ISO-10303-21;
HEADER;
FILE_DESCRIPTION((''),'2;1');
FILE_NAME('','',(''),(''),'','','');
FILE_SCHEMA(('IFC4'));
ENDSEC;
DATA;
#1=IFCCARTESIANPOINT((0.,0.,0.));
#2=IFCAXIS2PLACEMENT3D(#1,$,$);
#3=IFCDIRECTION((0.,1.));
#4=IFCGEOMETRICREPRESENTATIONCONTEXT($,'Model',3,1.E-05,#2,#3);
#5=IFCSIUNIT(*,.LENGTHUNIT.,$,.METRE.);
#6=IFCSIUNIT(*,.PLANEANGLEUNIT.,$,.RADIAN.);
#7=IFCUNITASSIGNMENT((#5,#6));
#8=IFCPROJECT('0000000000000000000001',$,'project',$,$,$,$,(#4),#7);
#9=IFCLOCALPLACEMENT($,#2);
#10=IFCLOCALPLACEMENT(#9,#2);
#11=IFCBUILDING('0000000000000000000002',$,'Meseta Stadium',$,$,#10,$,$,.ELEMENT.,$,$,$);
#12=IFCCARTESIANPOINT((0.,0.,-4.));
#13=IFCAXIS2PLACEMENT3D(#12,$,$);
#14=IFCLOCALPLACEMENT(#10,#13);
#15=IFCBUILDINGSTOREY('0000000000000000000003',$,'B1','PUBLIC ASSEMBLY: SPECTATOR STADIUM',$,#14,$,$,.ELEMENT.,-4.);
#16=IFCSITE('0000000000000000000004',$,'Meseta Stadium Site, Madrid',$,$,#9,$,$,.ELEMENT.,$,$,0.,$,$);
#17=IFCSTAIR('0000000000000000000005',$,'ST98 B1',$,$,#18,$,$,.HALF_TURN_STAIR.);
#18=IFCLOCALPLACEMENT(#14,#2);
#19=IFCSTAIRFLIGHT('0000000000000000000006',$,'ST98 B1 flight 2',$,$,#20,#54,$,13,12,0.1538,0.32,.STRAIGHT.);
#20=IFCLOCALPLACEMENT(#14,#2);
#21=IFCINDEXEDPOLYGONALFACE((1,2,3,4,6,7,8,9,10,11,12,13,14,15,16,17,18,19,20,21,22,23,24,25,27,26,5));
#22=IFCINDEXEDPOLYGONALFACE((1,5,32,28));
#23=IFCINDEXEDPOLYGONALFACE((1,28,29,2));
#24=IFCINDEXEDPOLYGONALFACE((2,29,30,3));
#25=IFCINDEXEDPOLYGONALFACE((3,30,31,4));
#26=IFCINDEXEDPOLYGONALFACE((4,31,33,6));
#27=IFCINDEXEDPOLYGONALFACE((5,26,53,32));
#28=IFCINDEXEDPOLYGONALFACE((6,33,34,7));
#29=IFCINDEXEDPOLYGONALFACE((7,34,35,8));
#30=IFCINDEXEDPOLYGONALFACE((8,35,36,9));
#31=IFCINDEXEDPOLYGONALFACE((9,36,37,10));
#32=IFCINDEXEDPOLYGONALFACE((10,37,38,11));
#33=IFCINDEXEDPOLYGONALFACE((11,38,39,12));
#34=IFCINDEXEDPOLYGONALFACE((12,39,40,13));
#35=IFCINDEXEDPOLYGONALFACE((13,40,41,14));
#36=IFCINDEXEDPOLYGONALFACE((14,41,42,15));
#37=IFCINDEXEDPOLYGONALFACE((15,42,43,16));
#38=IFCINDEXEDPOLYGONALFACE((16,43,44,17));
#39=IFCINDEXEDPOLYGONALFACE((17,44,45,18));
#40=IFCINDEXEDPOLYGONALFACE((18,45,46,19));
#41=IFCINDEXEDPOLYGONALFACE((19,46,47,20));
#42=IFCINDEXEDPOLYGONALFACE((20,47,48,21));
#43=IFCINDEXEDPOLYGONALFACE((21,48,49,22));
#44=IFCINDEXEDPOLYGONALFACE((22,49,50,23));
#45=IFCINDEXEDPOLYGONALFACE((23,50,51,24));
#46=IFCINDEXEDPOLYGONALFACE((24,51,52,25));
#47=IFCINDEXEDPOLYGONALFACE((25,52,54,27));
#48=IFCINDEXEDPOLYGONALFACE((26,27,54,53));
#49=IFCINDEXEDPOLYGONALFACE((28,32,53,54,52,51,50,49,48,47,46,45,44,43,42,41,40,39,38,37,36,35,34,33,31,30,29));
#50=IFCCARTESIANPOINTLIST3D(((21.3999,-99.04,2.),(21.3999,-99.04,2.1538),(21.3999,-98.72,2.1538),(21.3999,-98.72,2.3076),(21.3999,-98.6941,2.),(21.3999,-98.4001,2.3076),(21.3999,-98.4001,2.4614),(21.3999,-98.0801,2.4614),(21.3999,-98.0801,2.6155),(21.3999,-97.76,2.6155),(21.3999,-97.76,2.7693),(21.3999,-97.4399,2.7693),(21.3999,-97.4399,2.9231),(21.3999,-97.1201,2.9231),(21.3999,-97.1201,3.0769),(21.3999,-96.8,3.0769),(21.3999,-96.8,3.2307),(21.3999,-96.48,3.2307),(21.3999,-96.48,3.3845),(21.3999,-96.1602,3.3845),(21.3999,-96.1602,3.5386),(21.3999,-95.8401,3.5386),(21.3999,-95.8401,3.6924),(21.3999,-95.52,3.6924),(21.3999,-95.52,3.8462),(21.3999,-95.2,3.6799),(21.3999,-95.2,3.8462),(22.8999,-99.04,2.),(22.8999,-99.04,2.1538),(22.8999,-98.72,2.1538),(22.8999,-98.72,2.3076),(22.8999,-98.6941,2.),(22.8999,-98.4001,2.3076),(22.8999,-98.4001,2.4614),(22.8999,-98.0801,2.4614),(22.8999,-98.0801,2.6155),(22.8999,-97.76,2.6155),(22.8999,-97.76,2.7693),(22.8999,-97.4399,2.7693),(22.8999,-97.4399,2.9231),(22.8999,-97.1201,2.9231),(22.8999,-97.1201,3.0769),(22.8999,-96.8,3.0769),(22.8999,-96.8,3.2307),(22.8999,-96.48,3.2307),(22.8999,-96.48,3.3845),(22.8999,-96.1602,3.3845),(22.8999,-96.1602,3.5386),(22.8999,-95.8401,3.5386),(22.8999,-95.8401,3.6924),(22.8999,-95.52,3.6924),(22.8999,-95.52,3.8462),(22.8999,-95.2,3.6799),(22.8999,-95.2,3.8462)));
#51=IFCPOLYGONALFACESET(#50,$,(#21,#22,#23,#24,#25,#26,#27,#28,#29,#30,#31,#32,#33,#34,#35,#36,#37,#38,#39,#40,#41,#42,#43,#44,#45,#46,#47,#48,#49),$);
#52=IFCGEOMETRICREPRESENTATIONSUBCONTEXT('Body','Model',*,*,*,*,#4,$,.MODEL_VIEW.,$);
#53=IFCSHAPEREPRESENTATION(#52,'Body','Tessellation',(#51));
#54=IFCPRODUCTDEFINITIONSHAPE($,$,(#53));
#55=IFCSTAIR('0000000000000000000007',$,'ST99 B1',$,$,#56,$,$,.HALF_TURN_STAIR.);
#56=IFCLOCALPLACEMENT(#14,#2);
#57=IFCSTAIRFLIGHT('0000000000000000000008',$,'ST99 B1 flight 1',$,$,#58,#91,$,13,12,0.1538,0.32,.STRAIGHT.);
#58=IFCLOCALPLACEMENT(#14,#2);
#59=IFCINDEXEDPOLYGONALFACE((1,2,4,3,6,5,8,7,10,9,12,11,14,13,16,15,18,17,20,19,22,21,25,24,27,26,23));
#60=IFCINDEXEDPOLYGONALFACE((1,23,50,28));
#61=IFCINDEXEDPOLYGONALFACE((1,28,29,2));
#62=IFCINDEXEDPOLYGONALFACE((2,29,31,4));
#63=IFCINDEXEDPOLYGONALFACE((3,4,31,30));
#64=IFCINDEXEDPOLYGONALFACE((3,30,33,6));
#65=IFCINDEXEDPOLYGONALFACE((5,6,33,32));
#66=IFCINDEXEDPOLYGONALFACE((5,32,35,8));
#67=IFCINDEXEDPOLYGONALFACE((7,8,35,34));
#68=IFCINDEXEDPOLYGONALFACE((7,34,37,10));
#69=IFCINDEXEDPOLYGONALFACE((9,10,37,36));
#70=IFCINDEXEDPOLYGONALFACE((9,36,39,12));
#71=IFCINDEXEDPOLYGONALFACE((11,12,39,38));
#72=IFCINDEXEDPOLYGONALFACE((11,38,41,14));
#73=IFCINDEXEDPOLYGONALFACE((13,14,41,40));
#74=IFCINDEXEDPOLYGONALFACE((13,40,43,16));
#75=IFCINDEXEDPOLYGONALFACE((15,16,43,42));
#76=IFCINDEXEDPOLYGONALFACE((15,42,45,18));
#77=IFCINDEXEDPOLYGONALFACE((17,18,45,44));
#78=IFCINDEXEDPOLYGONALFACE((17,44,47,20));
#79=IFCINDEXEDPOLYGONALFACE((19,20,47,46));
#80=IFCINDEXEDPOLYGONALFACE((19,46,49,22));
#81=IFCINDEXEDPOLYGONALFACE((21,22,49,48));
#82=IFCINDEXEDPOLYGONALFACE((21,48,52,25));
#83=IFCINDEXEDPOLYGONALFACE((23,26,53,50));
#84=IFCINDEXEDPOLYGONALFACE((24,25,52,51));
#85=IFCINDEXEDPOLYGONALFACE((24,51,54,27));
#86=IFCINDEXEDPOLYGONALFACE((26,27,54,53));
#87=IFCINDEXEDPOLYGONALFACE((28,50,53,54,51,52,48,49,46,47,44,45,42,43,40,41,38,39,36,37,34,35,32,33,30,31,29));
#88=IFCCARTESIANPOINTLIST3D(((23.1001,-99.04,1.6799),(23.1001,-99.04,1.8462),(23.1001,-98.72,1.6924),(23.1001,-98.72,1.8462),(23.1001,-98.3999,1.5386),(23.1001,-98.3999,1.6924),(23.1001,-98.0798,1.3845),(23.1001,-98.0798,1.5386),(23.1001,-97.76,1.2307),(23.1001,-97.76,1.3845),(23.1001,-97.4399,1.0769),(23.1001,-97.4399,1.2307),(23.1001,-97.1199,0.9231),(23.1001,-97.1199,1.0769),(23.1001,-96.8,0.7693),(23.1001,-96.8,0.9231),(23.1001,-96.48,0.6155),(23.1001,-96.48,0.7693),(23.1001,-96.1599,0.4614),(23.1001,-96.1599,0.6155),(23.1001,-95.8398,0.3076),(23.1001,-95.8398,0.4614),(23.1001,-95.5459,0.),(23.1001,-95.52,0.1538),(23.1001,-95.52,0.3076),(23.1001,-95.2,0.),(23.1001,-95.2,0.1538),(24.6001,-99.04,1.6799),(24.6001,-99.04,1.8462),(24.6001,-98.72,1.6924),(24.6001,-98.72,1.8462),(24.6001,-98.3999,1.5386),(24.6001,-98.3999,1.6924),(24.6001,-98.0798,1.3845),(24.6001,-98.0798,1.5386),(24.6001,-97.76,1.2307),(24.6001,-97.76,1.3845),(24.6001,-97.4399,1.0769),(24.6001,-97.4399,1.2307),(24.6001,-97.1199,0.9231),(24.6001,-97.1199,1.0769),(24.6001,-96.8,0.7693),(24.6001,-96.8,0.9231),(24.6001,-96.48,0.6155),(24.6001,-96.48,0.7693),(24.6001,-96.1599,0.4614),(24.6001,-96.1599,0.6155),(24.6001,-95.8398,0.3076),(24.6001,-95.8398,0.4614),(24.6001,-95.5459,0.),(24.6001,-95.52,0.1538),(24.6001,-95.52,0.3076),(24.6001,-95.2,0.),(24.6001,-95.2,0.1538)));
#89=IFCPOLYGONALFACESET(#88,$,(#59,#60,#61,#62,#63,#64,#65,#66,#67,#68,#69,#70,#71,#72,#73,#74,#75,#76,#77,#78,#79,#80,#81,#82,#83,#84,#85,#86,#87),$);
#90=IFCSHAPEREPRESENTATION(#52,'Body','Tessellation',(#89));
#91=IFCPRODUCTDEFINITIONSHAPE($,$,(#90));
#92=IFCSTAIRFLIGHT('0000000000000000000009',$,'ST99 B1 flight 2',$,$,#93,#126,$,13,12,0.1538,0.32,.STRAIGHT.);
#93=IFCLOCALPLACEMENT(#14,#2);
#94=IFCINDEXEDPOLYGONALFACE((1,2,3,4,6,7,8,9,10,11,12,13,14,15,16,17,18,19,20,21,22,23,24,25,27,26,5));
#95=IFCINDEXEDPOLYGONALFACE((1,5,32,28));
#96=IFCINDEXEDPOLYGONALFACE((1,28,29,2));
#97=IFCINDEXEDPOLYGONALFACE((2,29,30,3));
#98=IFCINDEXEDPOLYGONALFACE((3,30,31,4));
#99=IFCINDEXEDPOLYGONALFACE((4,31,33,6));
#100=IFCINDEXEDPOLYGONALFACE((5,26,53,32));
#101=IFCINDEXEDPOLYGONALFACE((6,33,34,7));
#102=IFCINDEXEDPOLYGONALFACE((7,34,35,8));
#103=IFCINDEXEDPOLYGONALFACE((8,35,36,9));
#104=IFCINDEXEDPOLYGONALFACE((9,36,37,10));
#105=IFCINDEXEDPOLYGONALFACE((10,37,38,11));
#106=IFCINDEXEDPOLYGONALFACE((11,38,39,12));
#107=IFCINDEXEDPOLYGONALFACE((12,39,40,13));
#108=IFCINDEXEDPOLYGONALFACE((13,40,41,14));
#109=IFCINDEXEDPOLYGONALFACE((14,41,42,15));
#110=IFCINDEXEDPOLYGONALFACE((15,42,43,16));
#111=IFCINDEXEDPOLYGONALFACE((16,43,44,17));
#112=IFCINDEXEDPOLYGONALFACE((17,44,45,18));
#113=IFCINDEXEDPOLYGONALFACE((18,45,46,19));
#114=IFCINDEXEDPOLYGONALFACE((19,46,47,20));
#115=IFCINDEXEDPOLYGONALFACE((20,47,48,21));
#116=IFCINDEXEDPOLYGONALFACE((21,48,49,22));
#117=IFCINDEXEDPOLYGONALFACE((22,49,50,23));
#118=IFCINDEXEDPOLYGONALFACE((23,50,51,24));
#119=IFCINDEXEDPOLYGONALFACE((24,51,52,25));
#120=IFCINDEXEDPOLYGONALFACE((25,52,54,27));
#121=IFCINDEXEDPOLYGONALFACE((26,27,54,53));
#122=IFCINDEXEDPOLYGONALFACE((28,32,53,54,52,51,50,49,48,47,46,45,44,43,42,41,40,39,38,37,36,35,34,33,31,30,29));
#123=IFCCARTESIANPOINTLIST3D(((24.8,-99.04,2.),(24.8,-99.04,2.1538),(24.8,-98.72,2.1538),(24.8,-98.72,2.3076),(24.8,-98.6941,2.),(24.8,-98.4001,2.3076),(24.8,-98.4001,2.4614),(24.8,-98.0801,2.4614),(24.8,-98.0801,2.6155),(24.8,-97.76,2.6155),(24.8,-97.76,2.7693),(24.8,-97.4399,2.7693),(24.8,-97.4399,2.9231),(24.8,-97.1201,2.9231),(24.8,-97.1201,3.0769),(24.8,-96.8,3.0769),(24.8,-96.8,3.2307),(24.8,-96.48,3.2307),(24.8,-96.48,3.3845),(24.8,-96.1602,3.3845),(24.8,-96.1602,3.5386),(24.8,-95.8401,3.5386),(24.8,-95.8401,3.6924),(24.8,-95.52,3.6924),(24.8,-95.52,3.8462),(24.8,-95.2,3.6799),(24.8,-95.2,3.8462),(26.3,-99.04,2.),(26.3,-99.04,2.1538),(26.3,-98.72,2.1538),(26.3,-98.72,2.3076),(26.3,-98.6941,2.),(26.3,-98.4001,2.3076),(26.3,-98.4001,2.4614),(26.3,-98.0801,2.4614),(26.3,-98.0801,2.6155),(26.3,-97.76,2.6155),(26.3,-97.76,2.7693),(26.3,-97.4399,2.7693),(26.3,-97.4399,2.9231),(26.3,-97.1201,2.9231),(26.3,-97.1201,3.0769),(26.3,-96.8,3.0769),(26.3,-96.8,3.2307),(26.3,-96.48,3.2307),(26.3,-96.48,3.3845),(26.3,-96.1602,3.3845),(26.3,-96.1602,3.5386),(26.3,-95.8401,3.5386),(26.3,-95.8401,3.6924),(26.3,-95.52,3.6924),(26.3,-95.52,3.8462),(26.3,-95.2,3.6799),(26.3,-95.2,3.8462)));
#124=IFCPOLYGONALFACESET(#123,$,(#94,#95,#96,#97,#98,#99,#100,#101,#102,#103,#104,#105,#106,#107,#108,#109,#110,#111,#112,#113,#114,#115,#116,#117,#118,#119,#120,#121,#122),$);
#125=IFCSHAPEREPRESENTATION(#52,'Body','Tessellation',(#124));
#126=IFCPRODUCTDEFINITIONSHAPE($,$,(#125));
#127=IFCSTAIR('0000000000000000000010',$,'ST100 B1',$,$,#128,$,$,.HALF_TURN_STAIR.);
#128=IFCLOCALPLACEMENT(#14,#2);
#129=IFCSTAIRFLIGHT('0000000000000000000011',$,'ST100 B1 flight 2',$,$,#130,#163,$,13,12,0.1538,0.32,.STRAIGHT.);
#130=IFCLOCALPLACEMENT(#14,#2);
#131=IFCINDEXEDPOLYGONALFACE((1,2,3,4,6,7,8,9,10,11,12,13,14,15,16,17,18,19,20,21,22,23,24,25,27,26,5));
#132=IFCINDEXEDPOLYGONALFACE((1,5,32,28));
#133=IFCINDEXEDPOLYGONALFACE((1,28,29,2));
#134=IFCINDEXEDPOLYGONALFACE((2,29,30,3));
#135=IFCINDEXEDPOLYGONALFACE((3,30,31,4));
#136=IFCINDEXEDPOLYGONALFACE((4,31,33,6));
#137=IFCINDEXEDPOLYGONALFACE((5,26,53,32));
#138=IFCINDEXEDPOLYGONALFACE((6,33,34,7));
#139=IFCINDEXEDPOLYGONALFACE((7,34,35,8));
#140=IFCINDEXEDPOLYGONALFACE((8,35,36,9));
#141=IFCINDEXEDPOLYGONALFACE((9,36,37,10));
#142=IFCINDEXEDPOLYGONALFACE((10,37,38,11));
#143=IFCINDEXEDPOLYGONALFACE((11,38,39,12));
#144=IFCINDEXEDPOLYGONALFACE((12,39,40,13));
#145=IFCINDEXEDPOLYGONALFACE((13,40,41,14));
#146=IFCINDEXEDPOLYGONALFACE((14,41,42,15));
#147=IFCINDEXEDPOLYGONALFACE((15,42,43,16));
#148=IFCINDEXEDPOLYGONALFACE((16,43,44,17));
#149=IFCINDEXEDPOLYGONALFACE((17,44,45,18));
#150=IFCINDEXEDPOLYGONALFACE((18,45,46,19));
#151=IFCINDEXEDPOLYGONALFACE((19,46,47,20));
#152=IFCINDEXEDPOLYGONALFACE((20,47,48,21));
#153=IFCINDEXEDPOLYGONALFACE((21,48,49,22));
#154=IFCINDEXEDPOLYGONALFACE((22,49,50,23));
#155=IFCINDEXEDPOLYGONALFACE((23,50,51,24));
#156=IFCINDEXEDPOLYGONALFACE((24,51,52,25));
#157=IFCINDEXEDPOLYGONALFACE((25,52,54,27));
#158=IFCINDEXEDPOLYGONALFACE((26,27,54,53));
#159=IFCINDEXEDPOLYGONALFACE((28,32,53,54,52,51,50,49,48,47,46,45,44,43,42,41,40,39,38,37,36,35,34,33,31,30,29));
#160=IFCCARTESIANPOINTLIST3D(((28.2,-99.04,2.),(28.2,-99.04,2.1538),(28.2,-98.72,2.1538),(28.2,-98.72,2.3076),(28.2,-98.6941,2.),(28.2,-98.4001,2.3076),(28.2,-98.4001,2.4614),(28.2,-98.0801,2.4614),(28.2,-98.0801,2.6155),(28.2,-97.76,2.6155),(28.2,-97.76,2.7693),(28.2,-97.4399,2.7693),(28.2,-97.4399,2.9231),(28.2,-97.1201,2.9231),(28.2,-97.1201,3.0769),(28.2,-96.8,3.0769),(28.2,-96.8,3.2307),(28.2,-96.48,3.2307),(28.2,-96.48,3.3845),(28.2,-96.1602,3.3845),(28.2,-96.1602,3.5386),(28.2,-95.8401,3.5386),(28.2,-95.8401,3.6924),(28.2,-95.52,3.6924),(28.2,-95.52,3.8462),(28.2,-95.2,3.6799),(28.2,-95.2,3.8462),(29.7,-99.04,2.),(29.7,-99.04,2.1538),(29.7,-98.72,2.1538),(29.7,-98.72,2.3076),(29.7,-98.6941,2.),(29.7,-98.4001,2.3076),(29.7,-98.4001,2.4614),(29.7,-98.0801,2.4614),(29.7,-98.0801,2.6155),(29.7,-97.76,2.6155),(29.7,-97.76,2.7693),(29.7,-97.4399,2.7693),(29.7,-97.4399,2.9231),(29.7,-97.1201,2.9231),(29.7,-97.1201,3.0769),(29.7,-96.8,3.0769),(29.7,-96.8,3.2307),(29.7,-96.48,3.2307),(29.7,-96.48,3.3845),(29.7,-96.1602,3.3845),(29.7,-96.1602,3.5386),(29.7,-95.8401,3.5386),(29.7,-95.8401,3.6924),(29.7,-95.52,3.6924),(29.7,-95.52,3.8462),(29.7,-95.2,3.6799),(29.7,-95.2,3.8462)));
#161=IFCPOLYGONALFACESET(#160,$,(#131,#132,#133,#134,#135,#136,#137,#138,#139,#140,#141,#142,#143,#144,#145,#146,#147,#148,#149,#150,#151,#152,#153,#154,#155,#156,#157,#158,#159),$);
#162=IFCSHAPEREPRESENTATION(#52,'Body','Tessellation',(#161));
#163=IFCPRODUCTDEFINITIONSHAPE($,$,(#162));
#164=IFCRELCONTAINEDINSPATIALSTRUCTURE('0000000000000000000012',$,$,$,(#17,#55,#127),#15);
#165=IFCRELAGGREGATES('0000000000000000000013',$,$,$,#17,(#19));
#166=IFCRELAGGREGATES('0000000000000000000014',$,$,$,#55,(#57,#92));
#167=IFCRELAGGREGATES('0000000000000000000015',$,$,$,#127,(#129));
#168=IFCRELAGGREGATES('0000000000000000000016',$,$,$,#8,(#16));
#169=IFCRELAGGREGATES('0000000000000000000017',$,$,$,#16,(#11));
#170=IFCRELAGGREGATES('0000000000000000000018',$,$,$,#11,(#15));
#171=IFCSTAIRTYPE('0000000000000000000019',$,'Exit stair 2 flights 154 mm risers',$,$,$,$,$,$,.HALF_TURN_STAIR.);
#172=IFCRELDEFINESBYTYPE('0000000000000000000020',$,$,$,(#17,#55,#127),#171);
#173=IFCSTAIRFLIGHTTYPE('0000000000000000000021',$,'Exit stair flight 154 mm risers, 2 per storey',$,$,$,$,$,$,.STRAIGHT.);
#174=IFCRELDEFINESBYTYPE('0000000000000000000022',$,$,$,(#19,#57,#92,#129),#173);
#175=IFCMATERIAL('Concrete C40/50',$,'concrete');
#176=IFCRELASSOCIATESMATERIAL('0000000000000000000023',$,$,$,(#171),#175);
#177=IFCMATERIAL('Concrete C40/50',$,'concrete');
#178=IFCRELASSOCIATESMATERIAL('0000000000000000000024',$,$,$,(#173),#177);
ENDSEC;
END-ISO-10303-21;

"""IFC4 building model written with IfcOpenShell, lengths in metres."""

from ifc_helpers import new_model, si_unit, direction, frame, origin, place, context, subcontext, project, spatial, polyline, outline, extrude, material, type_object, element, aggregate, save


model = new_model("IFC4")

# Units and contexts
model_context = context("Model", 3, precision=1e-05, world=origin(), true_north=direction((0.0, 1.0)))
body_context = subcontext(model_context, "Body", "Model", "MODEL_VIEW")
ifc_project = project(units=[si_unit("LENGTHUNIT", "METRE"), si_unit("PLANEANGLEUNIT", "RADIAN")], contexts=[model_context])

# Site, building, storey
site_placement = place(None, origin())
site = spatial("IfcSite", under=ifc_project, at=site_placement, Name="Meseta Stadium Site, Madrid", CompositionType="ELEMENT", RefElevation=0.0)
building_placement = place(site_placement, origin())
building = spatial("IfcBuilding", under=site, at=building_placement, Name="Meseta Stadium", CompositionType="ELEMENT")
storey_placement = place(building_placement, frame((0.0, 0.0, -4.0)))
storey = spatial("IfcBuildingStorey", under=building, at=storey_placement, Name="B1", Description="PUBLIC ASSEMBLY: SPECTATOR STADIUM", CompositionType="ELEMENT", Elevation=-4.0)

# Stairs, stair flights
ifc_material_1 = material(Name="Concrete C40/50", Category="concrete")
stair_type = type_object("IfcStairType", Name="Exit stair 2 flights 154 mm risers", PredefinedType="HALF_TURN_STAIR", material=ifc_material_1)
ifc_material_2 = material(Name="Concrete C40/50", Category="concrete")
stair_flight_type = type_object("IfcStairFlightType", Name="Exit stair flight 154 mm risers, 2 per storey", PredefinedType="STRAIGHT", material=ifc_material_2)
stair_1_placement = place(storey_placement, origin())
stair_1 = element("IfcStair", 1, at=stair_1_placement, inside=storey, type_object=stair_type, Name="ST98 B1", PredefinedType="HALF_TURN_STAIR")
stair_flight_1_placement = place(storey_placement, frame((22.1499, -99.04, 2.0), z_axis=(0.0, 0.0, 1.0), x_axis=(0.0, 1.0, 0.0)))
stair_flight_1 = element("IfcStairFlight", 2, at=stair_flight_1_placement, type_object=stair_flight_type, Name="ST98 B1 flight 2", NumberOfRisers=13, NumberOfTreads=12, PredefinedType="STRAIGHT", RiserHeight=0.1538, TreadLength=0.32, context=body_context, shape_type="SweptSolid", body=[
    extrude(outline(polyline([(0.0, 0.0), (0.0, 0.1538), (0.3201, 0.1538), (0.3201, 0.3076), (0.6399, 0.3076), (0.6399, 0.4614), (0.96, 0.4614), (0.96, 0.6155), (1.28, 0.6155), (1.28, 0.7693), (1.6001, 0.7693), (1.6001, 0.9231), (1.9199, 0.9231), (1.9199, 1.0769), (2.24, 1.0769), (2.24, 1.2307), (2.5601, 1.2307), (2.5601, 1.3845), (2.8799, 1.3845), (2.8799, 1.5386), (3.2, 1.5386), (3.2, 1.6924), (3.52, 1.6924), (3.52, 1.8462), (3.8401, 1.8462), (3.8401, 1.6799), (0.3459, 0.0), (0.0, 0.0)])), frame((0.0, 0.75, 0.0), z_axis=(0.0, -1.0, 0.0), x_axis=(1.0, 0.0, 0.0)), (0.0, 0.0, 1.0), 1.5),
])
aggregate(stair_1, [stair_flight_1])
stair_2_placement = place(storey_placement, origin())
stair_2 = element("IfcStair", 3, at=stair_2_placement, inside=storey, type_object=stair_type, Name="ST99 B1", PredefinedType="HALF_TURN_STAIR")
stair_flight_2_placement = place(storey_placement, frame((23.8501, -95.2, 0.0), z_axis=(0.0, 0.0, 1.0), x_axis=(0.0, -1.0, 0.0)))
stair_flight_2 = element("IfcStairFlight", 4, at=stair_flight_2_placement, type_object=stair_flight_type, Name="ST99 B1 flight 1", NumberOfRisers=13, NumberOfTreads=12, PredefinedType="STRAIGHT", RiserHeight=0.1538, TreadLength=0.32, context=body_context, shape_type="SweptSolid", body=[
    extrude(outline(polyline([(0.0, 0.0), (0.0, 0.1538), (0.3201, 0.1538), (0.3201, 0.3076), (0.6399, 0.3076), (0.6399, 0.4614), (0.96, 0.4614), (0.96, 0.6155), (1.28, 0.6155), (1.28, 0.7693), (1.6001, 0.7693), (1.6001, 0.9231), (1.9199, 0.9231), (1.9199, 1.0769), (2.24, 1.0769), (2.24, 1.2307), (2.5601, 1.2307), (2.5601, 1.3845), (2.8799, 1.3845), (2.8799, 1.5386), (3.2, 1.5386), (3.2, 1.6924), (3.52, 1.6924), (3.52, 1.8462), (3.8401, 1.8462), (3.8401, 1.6799), (0.3459, 0.0), (0.0, 0.0)])), frame((0.0, 0.75, 0.0), z_axis=(0.0, -1.0, 0.0), x_axis=(1.0, 0.0, 0.0)), (0.0, 0.0, 1.0), 1.5),
])
stair_flight_3_placement = place(storey_placement, frame((25.55, -99.04, 2.0), z_axis=(0.0, 0.0, 1.0), x_axis=(0.0, 1.0, 0.0)))
stair_flight_3 = element("IfcStairFlight", 5, at=stair_flight_3_placement, type_object=stair_flight_type, Name="ST99 B1 flight 2", NumberOfRisers=13, NumberOfTreads=12, PredefinedType="STRAIGHT", RiserHeight=0.1538, TreadLength=0.32, context=body_context, shape_type="SweptSolid", body=[
    extrude(outline(polyline([(0.0, 0.0), (0.0, 0.1538), (0.3201, 0.1538), (0.3201, 0.3076), (0.6399, 0.3076), (0.6399, 0.4614), (0.96, 0.4614), (0.96, 0.6155), (1.28, 0.6155), (1.28, 0.7693), (1.6001, 0.7693), (1.6001, 0.9231), (1.9199, 0.9231), (1.9199, 1.0769), (2.24, 1.0769), (2.24, 1.2307), (2.5601, 1.2307), (2.5601, 1.3845), (2.8799, 1.3845), (2.8799, 1.5386), (3.2, 1.5386), (3.2, 1.6924), (3.52, 1.6924), (3.52, 1.8462), (3.8401, 1.8462), (3.8401, 1.6799), (0.3459, 0.0), (0.0, 0.0)])), frame((0.0, 0.75, 0.0), z_axis=(0.0, -1.0, 0.0), x_axis=(1.0, 0.0, 0.0)), (0.0, 0.0, 1.0), 1.5),
])
aggregate(stair_2, [stair_flight_2, stair_flight_3])

# Stair, stair flight
stair_3_placement = place(storey_placement, origin())
stair_3 = element("IfcStair", 6, at=stair_3_placement, inside=storey, type_object=stair_type, Name="ST100 B1", PredefinedType="HALF_TURN_STAIR")
stair_flight_4_placement = place(storey_placement, frame((28.95, -99.04, 2.0), z_axis=(0.0, 0.0, 1.0), x_axis=(0.0, 1.0, 0.0)))
stair_flight_4 = element("IfcStairFlight", 7, at=stair_flight_4_placement, type_object=stair_flight_type, Name="ST100 B1 flight 2", NumberOfRisers=13, NumberOfTreads=12, PredefinedType="STRAIGHT", RiserHeight=0.1538, TreadLength=0.32, context=body_context, shape_type="SweptSolid", body=[
    extrude(outline(polyline([(0.0, 0.0), (0.0, 0.1538), (0.3201, 0.1538), (0.3201, 0.3076), (0.6399, 0.3076), (0.6399, 0.4614), (0.96, 0.4614), (0.96, 0.6155), (1.28, 0.6155), (1.28, 0.7693), (1.6001, 0.7693), (1.6001, 0.9231), (1.9199, 0.9231), (1.9199, 1.0769), (2.24, 1.0769), (2.24, 1.2307), (2.5601, 1.2307), (2.5601, 1.3845), (2.8799, 1.3845), (2.8799, 1.5386), (3.2, 1.5386), (3.2, 1.6924), (3.52, 1.6924), (3.52, 1.8462), (3.8401, 1.8462), (3.8401, 1.6799), (0.3459, 0.0), (0.0, 0.0)])), frame((0.0, 0.75, 0.0), z_axis=(0.0, -1.0, 0.0), x_axis=(1.0, 0.0, 0.0)), (0.0, 0.0, 1.0), 1.5),
])
aggregate(stair_3, [stair_flight_4])

save(model, "model.ifc")
